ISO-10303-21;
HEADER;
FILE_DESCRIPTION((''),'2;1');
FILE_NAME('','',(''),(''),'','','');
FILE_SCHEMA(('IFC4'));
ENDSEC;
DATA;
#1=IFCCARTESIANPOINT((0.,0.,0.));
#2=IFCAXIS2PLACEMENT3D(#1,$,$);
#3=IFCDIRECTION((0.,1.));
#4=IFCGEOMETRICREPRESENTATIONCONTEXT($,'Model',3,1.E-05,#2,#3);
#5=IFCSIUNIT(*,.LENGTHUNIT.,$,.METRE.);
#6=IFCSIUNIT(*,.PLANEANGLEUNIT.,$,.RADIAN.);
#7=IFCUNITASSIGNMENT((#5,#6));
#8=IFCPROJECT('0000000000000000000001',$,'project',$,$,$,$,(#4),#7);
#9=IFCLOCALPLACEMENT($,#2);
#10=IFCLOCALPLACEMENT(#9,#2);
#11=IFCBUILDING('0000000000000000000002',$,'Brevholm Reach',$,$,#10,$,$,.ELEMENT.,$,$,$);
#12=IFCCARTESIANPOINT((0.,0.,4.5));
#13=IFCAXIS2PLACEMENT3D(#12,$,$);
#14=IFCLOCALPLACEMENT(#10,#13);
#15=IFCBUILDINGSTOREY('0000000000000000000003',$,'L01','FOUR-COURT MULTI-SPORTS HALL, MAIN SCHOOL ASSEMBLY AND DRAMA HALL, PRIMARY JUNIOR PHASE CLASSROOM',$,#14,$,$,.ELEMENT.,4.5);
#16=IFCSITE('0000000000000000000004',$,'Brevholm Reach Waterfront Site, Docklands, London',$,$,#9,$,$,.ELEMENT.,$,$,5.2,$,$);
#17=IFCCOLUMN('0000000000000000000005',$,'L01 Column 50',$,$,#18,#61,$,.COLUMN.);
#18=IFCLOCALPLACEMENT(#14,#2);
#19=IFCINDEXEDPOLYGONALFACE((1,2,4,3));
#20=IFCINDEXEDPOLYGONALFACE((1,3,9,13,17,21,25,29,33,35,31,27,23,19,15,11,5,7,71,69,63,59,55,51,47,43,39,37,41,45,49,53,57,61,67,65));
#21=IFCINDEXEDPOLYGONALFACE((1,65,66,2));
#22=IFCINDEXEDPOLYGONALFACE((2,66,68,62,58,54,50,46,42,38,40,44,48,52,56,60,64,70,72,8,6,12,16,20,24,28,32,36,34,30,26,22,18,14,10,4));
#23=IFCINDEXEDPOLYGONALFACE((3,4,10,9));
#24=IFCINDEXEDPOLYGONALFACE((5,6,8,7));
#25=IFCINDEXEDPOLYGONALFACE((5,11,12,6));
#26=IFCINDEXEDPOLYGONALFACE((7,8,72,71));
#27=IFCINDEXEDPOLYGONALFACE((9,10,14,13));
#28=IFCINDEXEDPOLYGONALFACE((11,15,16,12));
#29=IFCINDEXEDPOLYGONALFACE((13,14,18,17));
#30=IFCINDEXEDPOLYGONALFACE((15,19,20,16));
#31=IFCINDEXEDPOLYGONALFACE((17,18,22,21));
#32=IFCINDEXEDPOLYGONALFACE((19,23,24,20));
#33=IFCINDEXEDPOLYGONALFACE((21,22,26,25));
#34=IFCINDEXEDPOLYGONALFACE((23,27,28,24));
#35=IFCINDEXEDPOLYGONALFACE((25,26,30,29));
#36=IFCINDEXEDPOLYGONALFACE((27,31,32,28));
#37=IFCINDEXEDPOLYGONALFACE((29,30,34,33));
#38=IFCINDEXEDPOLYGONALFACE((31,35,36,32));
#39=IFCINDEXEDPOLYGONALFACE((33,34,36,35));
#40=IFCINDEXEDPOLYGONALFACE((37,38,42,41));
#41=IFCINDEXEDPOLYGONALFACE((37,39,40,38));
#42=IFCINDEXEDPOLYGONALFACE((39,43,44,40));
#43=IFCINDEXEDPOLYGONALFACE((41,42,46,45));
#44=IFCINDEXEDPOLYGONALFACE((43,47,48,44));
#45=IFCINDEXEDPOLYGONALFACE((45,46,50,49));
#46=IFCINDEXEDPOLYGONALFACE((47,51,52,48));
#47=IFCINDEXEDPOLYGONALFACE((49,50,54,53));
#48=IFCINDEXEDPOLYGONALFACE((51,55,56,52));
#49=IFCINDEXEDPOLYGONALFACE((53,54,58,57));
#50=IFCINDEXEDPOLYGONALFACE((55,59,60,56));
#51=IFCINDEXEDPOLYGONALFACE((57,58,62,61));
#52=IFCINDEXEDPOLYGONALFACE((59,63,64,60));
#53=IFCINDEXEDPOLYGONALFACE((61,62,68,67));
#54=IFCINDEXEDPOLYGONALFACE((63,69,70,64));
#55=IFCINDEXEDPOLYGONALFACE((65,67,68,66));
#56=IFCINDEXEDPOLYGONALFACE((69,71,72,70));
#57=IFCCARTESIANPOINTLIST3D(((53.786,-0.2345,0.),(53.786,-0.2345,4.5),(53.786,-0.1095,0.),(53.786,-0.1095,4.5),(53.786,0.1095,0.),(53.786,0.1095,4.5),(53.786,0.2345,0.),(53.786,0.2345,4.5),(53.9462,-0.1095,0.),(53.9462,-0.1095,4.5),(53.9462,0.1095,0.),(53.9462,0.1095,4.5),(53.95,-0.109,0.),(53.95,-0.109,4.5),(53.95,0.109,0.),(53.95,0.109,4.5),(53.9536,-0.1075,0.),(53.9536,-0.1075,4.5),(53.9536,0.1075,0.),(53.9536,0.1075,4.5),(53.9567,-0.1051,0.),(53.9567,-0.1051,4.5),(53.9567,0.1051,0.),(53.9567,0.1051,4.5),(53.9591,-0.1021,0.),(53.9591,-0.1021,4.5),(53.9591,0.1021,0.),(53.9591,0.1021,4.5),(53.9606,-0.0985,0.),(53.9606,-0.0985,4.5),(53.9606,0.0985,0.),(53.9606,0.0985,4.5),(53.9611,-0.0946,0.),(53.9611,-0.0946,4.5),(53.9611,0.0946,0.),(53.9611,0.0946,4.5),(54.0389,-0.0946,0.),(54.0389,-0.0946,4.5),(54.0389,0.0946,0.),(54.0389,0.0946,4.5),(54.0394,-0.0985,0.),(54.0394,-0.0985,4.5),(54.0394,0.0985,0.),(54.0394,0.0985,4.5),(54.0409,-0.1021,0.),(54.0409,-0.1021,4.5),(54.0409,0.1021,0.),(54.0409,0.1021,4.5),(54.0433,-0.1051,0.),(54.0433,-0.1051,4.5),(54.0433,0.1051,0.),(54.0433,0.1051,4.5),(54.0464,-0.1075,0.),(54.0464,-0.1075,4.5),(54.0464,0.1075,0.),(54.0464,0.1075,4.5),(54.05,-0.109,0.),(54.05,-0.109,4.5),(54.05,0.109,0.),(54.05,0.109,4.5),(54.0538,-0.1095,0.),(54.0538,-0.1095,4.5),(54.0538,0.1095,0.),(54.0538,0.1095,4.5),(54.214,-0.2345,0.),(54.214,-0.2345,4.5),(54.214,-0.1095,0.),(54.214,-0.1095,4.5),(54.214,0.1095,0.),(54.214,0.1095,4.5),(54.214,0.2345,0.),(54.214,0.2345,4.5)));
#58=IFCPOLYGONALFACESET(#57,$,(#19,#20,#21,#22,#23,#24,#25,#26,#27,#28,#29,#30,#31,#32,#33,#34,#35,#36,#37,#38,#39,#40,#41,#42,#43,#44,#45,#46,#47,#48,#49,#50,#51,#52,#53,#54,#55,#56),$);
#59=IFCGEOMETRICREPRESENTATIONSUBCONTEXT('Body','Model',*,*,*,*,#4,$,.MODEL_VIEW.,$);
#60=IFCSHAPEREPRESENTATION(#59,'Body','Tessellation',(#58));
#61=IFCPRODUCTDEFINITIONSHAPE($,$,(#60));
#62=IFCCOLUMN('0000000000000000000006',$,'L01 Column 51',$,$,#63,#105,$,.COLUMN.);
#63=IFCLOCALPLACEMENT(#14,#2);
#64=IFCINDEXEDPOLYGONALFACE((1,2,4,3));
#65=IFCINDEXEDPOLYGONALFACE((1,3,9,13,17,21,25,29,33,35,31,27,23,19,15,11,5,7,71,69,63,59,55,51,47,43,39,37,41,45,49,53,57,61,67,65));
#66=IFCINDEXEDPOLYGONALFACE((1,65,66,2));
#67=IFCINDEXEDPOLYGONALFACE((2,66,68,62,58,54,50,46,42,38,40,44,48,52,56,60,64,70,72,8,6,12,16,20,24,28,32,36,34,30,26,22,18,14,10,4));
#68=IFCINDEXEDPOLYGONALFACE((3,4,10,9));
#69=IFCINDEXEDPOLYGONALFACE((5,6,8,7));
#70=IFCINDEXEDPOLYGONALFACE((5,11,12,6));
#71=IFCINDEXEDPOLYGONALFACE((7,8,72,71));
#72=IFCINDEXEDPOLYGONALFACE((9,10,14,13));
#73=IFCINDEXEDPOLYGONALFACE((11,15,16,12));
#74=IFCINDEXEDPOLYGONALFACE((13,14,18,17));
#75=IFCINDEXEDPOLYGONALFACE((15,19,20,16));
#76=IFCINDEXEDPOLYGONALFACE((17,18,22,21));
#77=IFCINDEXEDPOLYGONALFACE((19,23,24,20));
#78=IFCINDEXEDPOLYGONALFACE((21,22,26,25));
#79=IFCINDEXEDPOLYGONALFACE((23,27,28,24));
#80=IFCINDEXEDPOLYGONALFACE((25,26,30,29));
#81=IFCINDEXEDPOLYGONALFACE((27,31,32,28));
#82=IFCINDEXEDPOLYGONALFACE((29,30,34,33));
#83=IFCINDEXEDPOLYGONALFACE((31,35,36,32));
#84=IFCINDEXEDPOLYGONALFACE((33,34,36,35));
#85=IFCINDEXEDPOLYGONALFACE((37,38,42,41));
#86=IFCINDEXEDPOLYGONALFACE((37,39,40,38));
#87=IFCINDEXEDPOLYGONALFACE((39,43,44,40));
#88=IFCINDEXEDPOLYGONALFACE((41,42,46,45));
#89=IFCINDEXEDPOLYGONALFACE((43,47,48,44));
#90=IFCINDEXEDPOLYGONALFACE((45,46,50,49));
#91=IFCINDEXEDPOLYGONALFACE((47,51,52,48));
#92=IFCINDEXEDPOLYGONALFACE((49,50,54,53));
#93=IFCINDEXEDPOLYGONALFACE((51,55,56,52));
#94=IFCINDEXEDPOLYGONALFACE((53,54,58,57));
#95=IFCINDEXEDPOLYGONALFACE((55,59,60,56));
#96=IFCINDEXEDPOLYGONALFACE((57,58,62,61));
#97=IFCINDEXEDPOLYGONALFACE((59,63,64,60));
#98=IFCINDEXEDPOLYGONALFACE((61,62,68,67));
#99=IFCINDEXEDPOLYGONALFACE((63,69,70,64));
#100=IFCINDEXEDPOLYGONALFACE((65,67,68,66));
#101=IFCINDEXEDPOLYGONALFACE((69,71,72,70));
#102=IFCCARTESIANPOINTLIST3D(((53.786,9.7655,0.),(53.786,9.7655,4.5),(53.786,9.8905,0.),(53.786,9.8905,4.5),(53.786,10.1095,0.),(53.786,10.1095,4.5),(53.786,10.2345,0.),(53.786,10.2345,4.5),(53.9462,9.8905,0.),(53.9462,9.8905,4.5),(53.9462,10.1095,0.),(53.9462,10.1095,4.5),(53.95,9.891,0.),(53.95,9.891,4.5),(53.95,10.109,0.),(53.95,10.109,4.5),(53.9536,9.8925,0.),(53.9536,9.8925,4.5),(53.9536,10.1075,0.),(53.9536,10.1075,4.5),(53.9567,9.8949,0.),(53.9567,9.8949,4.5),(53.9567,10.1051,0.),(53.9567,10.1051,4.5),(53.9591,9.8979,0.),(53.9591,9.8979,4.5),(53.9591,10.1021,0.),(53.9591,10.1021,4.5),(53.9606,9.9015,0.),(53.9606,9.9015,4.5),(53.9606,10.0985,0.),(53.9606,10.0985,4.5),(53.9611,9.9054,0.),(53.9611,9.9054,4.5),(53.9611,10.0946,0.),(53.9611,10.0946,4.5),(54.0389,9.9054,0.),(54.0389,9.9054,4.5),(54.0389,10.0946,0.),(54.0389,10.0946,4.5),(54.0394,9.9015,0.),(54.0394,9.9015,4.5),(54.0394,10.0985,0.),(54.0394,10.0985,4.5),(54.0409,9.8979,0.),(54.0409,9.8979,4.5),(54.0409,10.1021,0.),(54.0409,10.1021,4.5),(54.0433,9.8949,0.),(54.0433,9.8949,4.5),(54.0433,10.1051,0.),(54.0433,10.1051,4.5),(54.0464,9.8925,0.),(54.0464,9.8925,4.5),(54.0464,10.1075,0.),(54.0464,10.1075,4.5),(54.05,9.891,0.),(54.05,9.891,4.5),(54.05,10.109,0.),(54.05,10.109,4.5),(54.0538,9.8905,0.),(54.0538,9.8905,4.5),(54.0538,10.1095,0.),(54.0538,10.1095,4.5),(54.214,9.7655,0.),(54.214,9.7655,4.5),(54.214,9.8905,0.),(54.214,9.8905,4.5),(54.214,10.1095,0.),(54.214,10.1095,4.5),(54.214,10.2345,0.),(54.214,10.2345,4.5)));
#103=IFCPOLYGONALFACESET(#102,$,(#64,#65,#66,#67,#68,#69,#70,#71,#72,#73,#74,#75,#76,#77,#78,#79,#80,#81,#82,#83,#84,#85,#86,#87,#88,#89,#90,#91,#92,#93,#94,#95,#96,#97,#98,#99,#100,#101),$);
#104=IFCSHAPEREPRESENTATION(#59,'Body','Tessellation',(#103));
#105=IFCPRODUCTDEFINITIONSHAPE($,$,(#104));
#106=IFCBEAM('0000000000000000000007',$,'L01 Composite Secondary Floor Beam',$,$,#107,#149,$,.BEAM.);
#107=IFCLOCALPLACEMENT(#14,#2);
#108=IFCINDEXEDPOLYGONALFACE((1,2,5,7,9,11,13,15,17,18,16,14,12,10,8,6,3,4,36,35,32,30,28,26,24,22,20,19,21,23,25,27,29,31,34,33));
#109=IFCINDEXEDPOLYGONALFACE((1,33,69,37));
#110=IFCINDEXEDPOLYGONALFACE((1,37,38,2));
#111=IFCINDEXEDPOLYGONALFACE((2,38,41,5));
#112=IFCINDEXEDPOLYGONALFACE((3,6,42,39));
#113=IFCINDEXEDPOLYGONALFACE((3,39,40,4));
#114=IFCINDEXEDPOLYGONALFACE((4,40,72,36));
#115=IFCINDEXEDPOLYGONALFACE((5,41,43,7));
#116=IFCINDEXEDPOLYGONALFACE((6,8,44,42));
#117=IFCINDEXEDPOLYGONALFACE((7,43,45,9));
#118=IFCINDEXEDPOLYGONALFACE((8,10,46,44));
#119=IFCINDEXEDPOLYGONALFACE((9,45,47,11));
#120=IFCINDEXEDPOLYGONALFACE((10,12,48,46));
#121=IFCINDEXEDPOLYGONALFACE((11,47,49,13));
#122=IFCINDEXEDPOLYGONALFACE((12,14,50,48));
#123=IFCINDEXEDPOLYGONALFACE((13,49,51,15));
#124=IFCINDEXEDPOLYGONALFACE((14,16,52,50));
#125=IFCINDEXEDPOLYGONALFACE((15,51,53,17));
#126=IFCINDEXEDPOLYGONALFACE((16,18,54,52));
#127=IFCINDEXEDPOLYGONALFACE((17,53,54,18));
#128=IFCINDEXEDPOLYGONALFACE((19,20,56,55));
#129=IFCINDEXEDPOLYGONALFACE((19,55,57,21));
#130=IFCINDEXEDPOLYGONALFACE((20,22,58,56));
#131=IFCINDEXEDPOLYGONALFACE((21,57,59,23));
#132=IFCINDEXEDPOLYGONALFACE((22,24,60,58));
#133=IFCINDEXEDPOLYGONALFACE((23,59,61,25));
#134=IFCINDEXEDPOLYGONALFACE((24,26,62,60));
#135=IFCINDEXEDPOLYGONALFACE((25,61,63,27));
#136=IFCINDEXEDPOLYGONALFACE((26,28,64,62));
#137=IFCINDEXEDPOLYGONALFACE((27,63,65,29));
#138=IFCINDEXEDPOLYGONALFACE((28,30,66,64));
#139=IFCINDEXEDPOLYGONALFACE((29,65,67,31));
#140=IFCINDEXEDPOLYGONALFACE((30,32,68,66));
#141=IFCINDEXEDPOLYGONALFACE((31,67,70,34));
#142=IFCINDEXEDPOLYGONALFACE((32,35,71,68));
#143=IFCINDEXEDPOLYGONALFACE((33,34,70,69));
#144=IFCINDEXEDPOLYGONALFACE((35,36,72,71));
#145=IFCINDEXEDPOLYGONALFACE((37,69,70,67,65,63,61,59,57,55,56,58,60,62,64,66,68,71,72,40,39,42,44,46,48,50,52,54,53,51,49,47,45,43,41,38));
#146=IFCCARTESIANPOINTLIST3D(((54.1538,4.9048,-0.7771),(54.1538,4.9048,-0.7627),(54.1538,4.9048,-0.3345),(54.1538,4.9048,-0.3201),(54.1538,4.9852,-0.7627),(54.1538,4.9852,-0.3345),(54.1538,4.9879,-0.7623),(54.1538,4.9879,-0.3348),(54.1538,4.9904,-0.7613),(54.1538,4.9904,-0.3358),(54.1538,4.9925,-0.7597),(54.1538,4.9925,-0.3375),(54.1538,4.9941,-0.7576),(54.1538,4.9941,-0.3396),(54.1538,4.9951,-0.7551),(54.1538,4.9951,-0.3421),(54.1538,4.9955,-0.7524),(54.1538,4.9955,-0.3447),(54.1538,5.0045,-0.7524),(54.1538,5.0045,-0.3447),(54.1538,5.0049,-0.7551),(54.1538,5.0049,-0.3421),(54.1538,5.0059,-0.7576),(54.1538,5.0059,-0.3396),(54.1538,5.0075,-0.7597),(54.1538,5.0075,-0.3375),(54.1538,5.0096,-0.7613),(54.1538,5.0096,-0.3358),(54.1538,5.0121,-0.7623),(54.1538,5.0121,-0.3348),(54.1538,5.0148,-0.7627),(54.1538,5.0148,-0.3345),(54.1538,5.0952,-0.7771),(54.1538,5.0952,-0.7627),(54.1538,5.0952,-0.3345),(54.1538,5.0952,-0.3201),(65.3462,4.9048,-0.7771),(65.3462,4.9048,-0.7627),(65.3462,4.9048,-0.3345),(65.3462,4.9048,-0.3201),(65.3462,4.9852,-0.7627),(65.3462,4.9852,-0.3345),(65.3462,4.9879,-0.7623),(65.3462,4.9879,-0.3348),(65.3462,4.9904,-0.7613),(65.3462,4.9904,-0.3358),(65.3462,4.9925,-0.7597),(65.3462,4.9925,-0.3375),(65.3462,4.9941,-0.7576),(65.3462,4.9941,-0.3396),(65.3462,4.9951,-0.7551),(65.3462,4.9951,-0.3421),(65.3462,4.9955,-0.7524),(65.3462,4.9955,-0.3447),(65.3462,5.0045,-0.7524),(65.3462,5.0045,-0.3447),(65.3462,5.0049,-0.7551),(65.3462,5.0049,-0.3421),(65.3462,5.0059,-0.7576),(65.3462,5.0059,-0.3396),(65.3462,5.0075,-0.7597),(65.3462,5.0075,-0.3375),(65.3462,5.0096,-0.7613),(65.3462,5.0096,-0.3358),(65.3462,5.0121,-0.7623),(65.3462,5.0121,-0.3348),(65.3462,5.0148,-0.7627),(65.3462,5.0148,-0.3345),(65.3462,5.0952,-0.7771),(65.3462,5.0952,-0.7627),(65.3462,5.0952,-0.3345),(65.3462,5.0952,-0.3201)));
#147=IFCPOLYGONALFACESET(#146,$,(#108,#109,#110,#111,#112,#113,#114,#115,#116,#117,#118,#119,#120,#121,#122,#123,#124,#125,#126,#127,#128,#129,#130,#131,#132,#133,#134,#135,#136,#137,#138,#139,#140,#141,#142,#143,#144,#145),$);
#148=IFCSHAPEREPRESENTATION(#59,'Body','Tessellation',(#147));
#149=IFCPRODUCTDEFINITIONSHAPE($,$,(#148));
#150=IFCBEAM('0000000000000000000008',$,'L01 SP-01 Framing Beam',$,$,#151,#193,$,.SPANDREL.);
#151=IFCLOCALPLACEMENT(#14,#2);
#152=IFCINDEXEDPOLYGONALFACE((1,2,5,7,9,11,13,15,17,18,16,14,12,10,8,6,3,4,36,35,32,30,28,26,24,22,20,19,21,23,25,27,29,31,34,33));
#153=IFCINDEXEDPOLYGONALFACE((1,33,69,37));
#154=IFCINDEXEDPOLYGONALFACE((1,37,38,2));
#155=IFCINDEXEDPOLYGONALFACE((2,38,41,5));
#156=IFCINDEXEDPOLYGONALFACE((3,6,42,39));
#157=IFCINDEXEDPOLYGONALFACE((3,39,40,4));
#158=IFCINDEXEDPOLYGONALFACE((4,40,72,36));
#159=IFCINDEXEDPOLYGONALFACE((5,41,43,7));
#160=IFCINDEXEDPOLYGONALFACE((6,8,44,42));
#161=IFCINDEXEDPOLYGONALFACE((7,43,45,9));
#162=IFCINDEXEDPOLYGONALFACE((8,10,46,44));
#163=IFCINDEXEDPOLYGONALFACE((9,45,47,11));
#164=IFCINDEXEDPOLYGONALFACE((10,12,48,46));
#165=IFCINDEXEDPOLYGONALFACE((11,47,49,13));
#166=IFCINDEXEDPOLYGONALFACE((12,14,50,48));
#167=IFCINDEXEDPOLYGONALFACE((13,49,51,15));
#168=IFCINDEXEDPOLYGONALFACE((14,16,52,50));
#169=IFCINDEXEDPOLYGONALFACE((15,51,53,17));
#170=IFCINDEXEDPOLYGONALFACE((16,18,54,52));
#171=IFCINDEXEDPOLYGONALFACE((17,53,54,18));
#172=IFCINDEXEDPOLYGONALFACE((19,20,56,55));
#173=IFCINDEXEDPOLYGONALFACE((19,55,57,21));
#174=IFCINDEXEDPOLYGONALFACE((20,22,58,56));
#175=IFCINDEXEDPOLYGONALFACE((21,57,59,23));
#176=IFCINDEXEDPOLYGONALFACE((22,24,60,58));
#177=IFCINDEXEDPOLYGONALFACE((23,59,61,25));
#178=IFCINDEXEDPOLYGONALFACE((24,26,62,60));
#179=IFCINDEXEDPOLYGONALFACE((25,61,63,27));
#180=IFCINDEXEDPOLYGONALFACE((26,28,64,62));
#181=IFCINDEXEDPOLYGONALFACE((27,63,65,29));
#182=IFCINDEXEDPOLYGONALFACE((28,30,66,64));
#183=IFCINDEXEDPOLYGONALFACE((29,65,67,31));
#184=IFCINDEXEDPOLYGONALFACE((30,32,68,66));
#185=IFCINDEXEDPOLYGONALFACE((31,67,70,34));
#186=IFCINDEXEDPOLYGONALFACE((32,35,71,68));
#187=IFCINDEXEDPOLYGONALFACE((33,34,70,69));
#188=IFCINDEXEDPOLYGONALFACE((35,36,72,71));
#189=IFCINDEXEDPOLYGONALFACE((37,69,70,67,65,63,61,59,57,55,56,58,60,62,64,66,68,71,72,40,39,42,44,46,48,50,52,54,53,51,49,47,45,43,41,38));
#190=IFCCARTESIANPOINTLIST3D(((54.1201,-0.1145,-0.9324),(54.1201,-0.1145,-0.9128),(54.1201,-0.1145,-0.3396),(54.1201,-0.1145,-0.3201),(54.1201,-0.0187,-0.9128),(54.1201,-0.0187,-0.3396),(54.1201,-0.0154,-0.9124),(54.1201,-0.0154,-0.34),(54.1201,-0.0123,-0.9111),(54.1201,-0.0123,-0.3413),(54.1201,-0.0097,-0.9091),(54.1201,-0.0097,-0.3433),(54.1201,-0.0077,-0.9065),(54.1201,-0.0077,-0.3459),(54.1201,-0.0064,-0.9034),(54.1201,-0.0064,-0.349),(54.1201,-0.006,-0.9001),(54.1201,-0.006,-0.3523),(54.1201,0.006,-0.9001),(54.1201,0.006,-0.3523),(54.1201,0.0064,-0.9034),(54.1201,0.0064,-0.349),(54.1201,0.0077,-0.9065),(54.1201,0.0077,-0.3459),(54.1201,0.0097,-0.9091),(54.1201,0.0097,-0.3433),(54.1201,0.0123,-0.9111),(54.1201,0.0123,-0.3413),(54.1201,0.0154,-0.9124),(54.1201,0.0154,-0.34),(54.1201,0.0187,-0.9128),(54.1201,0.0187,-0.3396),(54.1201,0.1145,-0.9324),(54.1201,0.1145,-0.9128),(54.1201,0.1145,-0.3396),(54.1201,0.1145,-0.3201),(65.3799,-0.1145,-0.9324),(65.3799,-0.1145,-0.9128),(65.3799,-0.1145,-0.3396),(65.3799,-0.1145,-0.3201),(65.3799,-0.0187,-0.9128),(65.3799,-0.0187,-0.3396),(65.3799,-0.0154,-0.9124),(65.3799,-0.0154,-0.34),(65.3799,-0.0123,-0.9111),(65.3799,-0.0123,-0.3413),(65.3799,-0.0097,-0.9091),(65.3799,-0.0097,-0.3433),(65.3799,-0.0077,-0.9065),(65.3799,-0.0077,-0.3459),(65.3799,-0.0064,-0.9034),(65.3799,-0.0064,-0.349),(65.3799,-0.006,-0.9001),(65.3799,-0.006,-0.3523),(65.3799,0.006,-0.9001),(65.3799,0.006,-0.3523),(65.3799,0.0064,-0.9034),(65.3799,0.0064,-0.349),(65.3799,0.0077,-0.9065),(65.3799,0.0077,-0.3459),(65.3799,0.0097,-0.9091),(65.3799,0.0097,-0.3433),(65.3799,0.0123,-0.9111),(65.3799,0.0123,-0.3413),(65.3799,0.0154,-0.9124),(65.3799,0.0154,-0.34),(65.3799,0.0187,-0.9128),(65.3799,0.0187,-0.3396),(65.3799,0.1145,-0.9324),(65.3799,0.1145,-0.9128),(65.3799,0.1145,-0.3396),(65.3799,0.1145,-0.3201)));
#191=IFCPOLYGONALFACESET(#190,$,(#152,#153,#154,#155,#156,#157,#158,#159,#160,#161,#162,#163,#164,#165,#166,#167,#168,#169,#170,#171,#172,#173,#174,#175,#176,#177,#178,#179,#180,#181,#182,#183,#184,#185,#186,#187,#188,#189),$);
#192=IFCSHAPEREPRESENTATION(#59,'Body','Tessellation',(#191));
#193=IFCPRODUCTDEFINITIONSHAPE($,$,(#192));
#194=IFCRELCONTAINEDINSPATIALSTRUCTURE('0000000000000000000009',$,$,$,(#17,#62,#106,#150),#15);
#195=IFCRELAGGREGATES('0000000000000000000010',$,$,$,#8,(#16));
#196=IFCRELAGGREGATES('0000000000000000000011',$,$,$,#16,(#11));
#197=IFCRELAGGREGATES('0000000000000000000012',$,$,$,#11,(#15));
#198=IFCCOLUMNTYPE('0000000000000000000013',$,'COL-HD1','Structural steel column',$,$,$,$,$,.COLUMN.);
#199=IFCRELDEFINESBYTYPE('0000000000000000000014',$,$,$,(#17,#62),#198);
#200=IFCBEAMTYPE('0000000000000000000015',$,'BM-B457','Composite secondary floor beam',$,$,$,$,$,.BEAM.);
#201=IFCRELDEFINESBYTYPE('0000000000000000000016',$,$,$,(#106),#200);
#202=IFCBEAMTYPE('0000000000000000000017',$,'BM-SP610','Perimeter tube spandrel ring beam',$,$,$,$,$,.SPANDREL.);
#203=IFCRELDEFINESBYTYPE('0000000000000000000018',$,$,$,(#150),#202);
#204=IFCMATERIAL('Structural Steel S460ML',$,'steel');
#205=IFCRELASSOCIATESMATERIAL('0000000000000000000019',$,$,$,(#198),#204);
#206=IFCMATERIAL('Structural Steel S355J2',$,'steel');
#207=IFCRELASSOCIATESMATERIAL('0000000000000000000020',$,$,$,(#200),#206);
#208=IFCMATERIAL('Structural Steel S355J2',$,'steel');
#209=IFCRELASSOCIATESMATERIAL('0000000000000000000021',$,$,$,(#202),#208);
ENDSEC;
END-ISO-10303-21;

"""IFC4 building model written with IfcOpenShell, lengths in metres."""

from ifc_helpers import new_model, si_unit, direction, frame, origin, origin_2d, place, context, subcontext, project, spatial, i_section, extrude, material, material_profile, profile_set, type_object, element, save


model = new_model("IFC4")

# Units and contexts
model_context = context("Model", 3, precision=1e-05, world=origin(), true_north=direction((0.0, 1.0)))
body_context = subcontext(model_context, "Body", "Model", "MODEL_VIEW")
ifc_project = project(units=[si_unit("LENGTHUNIT", "METRE"), si_unit("PLANEANGLEUNIT", "RADIAN")], contexts=[model_context])

# Site, building, storey
site_placement = place(None, origin())
site = spatial("IfcSite", under=ifc_project, at=site_placement, Name="Brevholm Reach Waterfront Site, Docklands, London", CompositionType="ELEMENT", RefElevation=5.2)
building_placement = place(site_placement, origin())
building = spatial("IfcBuilding", under=site, at=building_placement, Name="Brevholm Reach", CompositionType="ELEMENT")
storey_placement = place(building_placement, frame((0.0, 0.0, 4.5)))
storey = spatial("IfcBuildingStorey", under=building, at=storey_placement, Name="L01", Description="FOUR-COURT MULTI-SPORTS HALL, MAIN SCHOOL ASSEMBLY AND DRAMA HALL, PRIMARY JUNIOR PHASE CLASSROOM", CompositionType="ELEMENT", Elevation=4.5)

# Columns
ifc_material_1 = material(Name="Structural Steel S460ML", Category="steel")
ifc_material_profile_1 = material_profile(ifc_material_1, i_section(OverallWidth=0.428, OverallDepth=0.469, WebThickness=0.0779, FlangeThickness=0.125, FilletRadius=0.0149, at=origin_2d()), Name="HD 400x1086")
ifc_profile_set_1 = profile_set([ifc_material_profile_1], Name="Structural Steel S460ML")
column_type = type_object("IfcColumnType", Name="COL-HD1", Description="Structural steel column", PredefinedType="COLUMN", material=ifc_profile_set_1)
for number, where, z_axis, x_axis, name in (
    (1, (54.0, 0.0, 0.0), (0.0, 0.0, 1.0), (1.0, 0.0, 0.0), "L01 Column 50"),
    (2, (54.0, 10.0, 0.0), (0.0, 0.0, 1.0), (1.0, 0.0, 0.0), "L01 Column 51"),
):
    element("IfcColumn", number, at=place(storey_placement, frame(where, z_axis=z_axis, x_axis=x_axis)), inside=storey, type_object=column_type, Name=name, PredefinedType="COLUMN", context=body_context, shape_type="SweptSolid", body=[
        extrude(i_section(OverallWidth=0.428, OverallDepth=0.469, WebThickness=0.0779, FlangeThickness=0.125, FilletRadius=0.0149, at=origin_2d()), origin(), (0.0, 0.0, 1.0), 4.5),
    ])

# Beams
ifc_material_2 = material(Name="Structural Steel S355J2", Category="steel")
ifc_material_profile_2 = material_profile(ifc_material_2, i_section(OverallWidth=0.1904, OverallDepth=0.457, WebThickness=0.009, FlangeThickness=0.0144, FilletRadius=0.0103, at=origin_2d()), Name="UKB 457x191x74")
ifc_profile_set_2 = profile_set([ifc_material_profile_2], Name="Structural Steel S355J2")
beam_type_1 = type_object("IfcBeamType", Name="BM-B457", Description="Composite secondary floor beam", PredefinedType="BEAM", material=ifc_profile_set_2)
beam_1_placement = place(storey_placement, frame((54.1538, 5.0, -0.5486), z_axis=(1.0, 0.0, 0.0), x_axis=(0.0, 1.0, 0.0)))
element("IfcBeam", 3, at=beam_1_placement, inside=storey, type_object=beam_type_1, Name="L01 Composite Secondary Floor Beam", PredefinedType="BEAM", context=body_context, shape_type="SweptSolid", body=[
    extrude(i_section(OverallWidth=0.1904, OverallDepth=0.457, WebThickness=0.009, FlangeThickness=0.0144, FilletRadius=0.0103, at=origin_2d()), origin(), (0.0, 0.0, 1.0), 11.1924),
])
ifc_material_3 = material(Name="Structural Steel S355J2", Category="steel")
ifc_material_profile_3 = material_profile(ifc_material_3, i_section(OverallWidth=0.229, OverallDepth=0.6123, WebThickness=0.012, FlangeThickness=0.0195, FilletRadius=0.0127, at=origin_2d()), Name="UKB 610x229x125")
ifc_profile_set_3 = profile_set([ifc_material_profile_3], Name="Structural Steel S355J2")
beam_type_2 = type_object("IfcBeamType", Name="BM-SP610", Description="Perimeter tube spandrel ring beam", PredefinedType="SPANDREL", material=ifc_profile_set_3)
beam_2_placement = place(storey_placement, frame((54.1201, 0.0, -0.6262), z_axis=(1.0, 0.0, 0.0), x_axis=(0.0, 1.0, 0.0)))
element("IfcBeam", 4, at=beam_2_placement, inside=storey, type_object=beam_type_2, Name="L01 SP-01 Framing Beam", PredefinedType="SPANDREL", context=body_context, shape_type="SweptSolid", body=[
    extrude(i_section(OverallWidth=0.229, OverallDepth=0.6123, WebThickness=0.012, FlangeThickness=0.0195, FilletRadius=0.0127, at=origin_2d()), origin(), (0.0, 0.0, 1.0), 11.2598),
])

save(model, "model.ifc")
